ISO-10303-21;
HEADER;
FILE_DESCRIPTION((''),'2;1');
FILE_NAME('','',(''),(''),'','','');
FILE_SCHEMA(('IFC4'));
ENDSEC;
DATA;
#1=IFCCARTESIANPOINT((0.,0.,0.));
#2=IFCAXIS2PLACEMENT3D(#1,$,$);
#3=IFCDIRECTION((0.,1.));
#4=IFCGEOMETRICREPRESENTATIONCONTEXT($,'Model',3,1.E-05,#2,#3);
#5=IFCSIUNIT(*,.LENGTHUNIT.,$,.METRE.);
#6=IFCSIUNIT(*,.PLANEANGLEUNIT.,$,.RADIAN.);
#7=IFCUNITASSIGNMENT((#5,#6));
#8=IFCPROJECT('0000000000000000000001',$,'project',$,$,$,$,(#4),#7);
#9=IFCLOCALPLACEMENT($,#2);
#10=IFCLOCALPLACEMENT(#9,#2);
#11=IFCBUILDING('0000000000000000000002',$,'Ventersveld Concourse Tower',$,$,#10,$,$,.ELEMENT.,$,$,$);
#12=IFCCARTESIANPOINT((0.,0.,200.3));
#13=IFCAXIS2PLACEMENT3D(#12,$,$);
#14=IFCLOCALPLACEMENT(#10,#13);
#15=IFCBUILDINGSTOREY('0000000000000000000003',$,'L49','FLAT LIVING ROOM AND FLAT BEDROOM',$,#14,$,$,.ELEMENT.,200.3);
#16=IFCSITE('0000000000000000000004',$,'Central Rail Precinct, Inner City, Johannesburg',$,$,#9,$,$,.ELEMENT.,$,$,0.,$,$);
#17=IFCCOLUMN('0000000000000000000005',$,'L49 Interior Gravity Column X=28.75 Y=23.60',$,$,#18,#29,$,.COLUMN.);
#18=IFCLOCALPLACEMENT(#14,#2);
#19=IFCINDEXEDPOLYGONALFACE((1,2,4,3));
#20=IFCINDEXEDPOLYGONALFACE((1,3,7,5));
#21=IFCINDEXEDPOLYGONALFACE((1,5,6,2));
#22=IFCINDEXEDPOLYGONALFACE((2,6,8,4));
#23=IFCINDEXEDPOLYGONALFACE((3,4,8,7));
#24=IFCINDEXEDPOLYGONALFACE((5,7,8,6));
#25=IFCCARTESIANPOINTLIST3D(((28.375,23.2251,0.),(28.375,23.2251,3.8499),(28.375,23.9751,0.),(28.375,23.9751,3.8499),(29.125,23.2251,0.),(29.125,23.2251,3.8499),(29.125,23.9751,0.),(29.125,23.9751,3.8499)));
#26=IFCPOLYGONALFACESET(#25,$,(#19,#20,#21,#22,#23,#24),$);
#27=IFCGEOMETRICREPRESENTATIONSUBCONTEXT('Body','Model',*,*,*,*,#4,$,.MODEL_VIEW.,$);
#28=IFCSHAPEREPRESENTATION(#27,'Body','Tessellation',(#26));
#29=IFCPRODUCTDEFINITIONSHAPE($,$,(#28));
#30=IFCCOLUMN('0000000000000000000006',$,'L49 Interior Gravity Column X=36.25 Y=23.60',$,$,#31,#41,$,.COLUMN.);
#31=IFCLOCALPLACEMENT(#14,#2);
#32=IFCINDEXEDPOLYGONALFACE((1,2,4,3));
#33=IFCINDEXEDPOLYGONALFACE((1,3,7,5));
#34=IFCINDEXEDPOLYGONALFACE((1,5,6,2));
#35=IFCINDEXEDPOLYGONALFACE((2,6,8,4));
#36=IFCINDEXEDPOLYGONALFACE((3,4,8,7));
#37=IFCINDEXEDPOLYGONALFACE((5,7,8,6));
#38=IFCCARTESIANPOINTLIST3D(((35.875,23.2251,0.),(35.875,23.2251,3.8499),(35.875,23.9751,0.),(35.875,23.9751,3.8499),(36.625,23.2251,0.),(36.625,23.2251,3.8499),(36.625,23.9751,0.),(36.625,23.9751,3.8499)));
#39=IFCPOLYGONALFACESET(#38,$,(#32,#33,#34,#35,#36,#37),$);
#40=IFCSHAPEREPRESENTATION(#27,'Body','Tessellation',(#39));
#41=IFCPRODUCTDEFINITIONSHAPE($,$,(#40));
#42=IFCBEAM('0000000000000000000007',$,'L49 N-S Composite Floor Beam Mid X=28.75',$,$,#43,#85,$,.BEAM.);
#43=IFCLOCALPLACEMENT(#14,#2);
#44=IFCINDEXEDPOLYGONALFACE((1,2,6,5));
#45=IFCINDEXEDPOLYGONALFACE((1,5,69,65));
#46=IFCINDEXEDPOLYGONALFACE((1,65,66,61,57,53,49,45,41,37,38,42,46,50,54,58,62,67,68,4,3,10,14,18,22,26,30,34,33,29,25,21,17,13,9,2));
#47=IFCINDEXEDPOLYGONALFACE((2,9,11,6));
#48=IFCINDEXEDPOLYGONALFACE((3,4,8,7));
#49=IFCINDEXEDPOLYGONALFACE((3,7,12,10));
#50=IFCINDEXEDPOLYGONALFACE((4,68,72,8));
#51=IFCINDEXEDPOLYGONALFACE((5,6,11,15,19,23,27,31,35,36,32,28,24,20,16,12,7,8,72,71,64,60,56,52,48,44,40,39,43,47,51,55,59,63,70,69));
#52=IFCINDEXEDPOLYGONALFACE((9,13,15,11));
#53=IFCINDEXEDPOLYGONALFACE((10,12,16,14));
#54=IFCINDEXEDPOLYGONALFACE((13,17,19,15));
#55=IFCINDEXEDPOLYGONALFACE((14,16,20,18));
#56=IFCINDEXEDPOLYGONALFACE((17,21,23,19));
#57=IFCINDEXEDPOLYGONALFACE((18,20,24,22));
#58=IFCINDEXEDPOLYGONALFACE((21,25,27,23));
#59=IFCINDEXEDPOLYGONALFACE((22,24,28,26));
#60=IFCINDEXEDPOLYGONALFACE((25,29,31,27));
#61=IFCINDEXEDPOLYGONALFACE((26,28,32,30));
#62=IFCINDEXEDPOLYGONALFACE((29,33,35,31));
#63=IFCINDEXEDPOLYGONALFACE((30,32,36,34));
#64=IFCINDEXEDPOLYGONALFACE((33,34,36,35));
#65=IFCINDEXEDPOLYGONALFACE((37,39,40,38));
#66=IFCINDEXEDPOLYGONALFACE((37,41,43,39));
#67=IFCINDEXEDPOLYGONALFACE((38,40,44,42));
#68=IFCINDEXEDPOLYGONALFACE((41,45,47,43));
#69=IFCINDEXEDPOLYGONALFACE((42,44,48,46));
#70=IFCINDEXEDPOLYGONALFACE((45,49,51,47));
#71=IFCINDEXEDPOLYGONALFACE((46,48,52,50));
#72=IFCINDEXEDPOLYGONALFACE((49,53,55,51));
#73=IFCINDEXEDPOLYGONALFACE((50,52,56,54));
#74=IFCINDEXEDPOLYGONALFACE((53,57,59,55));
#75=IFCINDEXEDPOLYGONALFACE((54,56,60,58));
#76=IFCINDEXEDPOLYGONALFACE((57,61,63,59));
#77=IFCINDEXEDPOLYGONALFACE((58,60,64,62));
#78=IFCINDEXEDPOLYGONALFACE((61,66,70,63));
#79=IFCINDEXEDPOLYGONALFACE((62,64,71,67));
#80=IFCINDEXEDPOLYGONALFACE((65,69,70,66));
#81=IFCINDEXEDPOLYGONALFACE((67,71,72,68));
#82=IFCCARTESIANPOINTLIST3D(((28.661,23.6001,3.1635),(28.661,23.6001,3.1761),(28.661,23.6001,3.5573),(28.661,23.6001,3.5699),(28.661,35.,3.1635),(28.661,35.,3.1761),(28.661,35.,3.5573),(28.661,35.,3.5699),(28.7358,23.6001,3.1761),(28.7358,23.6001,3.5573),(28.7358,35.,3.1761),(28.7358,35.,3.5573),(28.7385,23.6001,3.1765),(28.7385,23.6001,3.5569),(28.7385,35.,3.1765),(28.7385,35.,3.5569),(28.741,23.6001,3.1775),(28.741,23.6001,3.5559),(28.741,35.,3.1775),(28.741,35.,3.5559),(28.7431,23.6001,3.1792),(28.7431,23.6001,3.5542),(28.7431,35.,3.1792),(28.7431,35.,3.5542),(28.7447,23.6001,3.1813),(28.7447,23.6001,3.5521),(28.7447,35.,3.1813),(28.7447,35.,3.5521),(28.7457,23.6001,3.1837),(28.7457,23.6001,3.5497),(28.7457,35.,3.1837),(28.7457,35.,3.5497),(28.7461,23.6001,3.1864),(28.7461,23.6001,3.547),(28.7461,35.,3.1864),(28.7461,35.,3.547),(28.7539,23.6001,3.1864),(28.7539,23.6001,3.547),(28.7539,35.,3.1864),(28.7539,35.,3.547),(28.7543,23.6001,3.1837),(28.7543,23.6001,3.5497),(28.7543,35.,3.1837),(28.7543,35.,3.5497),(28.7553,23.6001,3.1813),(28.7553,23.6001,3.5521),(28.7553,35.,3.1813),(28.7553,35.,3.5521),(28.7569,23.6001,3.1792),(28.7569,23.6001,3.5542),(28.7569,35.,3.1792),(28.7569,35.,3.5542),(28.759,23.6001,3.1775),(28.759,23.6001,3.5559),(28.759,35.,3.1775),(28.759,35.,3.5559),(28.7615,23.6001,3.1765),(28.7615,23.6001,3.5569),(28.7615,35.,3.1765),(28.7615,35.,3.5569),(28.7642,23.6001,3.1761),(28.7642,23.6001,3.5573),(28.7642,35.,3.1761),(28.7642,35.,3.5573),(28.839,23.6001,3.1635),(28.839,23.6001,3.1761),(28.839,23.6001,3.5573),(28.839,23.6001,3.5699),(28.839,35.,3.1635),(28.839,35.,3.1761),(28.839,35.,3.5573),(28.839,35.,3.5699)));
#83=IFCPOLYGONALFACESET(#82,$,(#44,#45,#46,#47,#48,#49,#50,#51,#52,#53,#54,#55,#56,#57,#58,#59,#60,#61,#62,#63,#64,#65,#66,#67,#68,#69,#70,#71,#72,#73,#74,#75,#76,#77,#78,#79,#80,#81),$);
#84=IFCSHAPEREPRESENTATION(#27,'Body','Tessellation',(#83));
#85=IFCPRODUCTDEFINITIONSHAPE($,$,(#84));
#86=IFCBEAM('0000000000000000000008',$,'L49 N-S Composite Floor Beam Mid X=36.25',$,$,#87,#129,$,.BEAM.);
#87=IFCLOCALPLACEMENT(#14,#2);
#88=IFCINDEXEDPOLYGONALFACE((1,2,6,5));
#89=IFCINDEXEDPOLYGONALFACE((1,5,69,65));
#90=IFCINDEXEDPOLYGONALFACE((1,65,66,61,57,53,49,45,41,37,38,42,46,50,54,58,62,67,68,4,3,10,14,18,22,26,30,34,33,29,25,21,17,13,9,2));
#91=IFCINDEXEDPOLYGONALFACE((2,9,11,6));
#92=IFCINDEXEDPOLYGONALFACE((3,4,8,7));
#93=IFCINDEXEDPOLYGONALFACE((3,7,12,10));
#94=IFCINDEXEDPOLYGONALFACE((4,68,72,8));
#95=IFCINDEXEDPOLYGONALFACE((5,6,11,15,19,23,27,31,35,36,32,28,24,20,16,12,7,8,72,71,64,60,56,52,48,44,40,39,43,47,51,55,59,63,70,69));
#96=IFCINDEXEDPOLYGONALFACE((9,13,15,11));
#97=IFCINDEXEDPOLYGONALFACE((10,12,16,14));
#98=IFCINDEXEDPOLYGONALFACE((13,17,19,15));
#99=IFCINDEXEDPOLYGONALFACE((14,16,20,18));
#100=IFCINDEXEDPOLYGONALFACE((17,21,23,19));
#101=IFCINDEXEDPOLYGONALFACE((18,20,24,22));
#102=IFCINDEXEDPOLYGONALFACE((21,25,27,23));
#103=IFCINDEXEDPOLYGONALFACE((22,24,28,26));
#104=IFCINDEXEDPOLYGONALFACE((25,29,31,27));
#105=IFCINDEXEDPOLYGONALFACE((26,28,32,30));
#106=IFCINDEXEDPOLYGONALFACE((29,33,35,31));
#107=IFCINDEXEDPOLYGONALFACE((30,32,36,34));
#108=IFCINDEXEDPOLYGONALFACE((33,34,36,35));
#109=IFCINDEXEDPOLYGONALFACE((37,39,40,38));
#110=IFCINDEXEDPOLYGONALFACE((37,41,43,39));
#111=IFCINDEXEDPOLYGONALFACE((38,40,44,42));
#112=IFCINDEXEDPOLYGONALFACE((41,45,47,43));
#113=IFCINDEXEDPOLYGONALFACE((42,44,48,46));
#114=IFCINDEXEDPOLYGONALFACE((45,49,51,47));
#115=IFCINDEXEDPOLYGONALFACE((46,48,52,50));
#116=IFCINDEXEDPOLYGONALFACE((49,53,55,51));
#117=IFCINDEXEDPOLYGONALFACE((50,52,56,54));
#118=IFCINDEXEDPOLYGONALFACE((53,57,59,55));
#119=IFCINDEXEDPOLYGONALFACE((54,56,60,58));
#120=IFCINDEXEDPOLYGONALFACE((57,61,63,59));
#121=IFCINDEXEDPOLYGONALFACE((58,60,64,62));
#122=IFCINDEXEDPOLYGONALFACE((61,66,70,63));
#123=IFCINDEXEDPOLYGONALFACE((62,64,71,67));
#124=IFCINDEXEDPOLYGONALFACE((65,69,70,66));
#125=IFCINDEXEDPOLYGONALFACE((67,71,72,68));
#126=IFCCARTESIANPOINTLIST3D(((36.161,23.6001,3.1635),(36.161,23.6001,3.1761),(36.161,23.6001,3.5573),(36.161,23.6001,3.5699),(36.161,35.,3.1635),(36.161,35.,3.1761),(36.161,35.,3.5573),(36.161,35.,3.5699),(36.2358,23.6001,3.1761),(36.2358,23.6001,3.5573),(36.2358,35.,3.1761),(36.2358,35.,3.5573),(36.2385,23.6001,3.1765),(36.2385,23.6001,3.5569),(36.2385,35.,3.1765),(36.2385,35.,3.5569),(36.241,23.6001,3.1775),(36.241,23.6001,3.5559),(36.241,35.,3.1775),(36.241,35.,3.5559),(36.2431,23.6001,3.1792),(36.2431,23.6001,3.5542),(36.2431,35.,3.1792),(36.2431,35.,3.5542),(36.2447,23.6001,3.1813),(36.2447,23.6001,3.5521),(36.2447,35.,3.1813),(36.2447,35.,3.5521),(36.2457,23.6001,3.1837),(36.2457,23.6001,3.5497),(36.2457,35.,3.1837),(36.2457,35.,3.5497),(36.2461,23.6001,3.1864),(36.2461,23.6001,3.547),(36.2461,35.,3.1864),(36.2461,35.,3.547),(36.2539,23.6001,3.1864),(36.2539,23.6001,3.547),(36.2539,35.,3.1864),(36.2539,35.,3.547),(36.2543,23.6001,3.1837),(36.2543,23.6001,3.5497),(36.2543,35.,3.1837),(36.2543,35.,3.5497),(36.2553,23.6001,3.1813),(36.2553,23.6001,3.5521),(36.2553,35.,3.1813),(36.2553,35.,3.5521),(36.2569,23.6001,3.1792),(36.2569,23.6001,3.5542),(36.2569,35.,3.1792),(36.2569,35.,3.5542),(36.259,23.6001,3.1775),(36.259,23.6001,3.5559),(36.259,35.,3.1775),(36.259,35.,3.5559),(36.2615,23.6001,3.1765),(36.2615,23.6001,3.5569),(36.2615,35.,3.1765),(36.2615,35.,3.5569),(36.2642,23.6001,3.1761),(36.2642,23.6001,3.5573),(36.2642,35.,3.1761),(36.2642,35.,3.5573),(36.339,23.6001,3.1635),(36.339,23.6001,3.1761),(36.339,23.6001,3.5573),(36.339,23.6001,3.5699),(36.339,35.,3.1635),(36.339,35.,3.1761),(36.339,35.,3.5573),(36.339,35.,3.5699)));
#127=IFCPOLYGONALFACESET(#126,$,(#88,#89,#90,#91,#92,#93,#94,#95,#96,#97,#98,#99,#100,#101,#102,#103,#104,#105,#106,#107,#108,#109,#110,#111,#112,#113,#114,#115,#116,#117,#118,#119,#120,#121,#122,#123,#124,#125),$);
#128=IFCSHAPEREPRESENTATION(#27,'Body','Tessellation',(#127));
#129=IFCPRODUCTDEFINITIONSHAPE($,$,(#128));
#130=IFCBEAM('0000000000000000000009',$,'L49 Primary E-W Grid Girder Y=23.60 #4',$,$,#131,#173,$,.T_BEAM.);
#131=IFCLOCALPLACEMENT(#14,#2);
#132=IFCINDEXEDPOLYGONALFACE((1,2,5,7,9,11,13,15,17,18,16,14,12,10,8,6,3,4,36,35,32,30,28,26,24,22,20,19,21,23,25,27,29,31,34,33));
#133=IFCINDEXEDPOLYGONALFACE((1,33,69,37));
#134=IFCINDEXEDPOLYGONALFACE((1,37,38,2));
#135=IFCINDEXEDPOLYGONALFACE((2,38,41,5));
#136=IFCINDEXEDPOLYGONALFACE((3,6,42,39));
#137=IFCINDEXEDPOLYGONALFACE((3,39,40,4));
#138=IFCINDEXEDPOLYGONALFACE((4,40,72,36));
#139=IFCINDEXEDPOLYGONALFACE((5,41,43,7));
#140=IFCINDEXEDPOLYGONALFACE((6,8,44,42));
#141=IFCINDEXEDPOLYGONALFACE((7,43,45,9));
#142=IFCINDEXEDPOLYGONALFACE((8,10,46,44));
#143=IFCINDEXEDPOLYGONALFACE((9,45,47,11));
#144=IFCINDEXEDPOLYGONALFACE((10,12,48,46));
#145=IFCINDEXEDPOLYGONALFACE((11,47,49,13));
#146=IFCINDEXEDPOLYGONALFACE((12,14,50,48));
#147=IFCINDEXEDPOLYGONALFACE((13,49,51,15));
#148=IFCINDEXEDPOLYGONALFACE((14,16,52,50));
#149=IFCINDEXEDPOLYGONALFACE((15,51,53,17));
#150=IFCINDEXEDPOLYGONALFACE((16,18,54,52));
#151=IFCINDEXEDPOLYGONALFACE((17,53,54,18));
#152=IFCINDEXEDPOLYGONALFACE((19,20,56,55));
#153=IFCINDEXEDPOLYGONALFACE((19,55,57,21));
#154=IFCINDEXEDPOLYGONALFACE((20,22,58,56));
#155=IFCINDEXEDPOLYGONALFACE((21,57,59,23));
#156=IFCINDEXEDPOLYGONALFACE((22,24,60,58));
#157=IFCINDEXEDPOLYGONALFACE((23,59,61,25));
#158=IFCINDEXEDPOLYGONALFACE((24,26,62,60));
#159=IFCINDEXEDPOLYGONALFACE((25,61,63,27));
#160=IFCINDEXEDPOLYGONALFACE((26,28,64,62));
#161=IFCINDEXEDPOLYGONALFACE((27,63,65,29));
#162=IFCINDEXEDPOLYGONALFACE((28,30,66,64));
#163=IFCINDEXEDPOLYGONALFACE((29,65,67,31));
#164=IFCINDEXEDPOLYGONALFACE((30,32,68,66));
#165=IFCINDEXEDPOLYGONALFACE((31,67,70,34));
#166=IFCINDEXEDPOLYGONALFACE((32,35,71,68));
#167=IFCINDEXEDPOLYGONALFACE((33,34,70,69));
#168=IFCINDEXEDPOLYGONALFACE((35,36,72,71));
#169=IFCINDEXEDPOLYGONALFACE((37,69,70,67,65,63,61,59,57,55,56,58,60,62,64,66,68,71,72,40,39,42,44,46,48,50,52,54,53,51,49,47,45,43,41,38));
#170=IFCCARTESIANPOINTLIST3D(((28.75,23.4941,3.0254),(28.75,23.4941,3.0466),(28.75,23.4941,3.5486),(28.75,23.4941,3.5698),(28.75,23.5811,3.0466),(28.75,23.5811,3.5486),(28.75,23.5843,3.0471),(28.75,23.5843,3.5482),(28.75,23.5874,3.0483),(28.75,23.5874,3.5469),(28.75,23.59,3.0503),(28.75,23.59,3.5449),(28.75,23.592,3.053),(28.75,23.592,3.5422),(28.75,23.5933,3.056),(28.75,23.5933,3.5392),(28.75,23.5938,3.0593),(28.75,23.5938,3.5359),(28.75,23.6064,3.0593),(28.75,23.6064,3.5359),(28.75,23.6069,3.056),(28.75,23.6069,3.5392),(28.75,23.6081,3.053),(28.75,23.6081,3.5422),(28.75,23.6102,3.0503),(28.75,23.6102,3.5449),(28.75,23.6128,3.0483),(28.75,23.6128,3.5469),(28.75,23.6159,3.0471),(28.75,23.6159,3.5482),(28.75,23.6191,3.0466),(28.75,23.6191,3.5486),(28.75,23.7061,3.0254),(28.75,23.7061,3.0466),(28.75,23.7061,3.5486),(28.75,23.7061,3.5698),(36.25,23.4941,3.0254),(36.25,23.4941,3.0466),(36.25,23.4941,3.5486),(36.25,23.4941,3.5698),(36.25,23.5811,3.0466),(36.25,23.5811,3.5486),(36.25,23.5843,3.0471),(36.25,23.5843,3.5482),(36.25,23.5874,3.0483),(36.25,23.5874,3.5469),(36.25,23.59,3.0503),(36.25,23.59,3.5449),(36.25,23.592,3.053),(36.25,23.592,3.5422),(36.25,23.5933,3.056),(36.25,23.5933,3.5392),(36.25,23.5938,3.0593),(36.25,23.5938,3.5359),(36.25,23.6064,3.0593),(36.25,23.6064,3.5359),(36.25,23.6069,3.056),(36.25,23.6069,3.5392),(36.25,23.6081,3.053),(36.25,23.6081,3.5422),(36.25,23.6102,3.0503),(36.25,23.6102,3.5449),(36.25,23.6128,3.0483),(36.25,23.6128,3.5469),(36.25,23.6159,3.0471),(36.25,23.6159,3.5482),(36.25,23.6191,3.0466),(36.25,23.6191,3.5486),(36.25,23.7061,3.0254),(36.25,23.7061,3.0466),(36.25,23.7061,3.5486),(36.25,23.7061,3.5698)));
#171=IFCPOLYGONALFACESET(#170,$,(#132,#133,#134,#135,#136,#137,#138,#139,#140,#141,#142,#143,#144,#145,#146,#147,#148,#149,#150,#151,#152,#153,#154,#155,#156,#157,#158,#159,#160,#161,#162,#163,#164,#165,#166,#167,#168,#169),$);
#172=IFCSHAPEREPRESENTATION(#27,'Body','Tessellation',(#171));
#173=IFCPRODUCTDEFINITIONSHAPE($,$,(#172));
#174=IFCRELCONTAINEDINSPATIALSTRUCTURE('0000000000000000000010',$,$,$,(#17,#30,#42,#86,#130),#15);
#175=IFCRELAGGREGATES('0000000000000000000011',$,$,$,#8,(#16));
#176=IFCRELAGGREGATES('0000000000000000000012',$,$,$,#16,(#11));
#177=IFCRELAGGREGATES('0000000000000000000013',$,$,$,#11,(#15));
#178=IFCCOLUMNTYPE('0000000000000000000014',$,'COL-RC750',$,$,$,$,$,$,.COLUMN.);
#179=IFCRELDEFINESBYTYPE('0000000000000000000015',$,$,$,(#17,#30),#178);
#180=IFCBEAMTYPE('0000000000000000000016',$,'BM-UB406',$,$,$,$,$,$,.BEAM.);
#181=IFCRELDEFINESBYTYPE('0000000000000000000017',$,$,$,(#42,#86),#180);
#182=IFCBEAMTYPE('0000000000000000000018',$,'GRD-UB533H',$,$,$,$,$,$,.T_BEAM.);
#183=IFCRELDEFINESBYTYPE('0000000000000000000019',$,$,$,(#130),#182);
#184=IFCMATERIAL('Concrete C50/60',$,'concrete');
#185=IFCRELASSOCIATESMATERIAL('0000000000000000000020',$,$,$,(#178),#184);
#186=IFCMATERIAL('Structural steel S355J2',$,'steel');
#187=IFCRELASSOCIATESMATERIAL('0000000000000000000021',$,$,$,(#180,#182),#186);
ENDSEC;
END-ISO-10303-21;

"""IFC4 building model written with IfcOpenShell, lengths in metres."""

from ifc_helpers import new_model, si_unit, direction, frame, origin, origin_2d, place, context, subcontext, project, spatial, rectangle, i_section, extrude, material, material_profile, profile_set, type_object, element, save


model = new_model("IFC4")

# Units and contexts
model_context = context("Model", 3, precision=1e-05, world=origin(), true_north=direction((0.0, 1.0)))
body_context = subcontext(model_context, "Body", "Model", "MODEL_VIEW")
ifc_project = project(units=[si_unit("LENGTHUNIT", "METRE"), si_unit("PLANEANGLEUNIT", "RADIAN")], contexts=[model_context])

# Site, building, storey
site_placement = place(None, origin())
site = spatial("IfcSite", under=ifc_project, at=site_placement, Name="Central Rail Precinct, Inner City, Johannesburg", CompositionType="ELEMENT", RefElevation=0.0)
building_placement = place(site_placement, origin())
building = spatial("IfcBuilding", under=site, at=building_placement, Name="Ventersveld Concourse Tower", CompositionType="ELEMENT")
storey_placement = place(building_placement, frame((0.0, 0.0, 200.3)))
storey = spatial("IfcBuildingStorey", under=building, at=storey_placement, Name="L49", Description="FLAT LIVING ROOM AND FLAT BEDROOM", CompositionType="ELEMENT", Elevation=200.3)

# Columns
ifc_material_1 = material(Name="Concrete C50/60", Category="concrete")
ifc_material_profile_1 = material_profile(ifc_material_1, rectangle(XDim=0.75, YDim=0.75, at=origin_2d()), Name="RC 750x750")
ifc_profile_set_1 = profile_set([ifc_material_profile_1], Name="Concrete C50/60")
column_type = type_object("IfcColumnType", Name="COL-RC750", PredefinedType="COLUMN", material=ifc_profile_set_1)
for number, where, z_axis, x_axis, name in (
    (1, (28.75, 23.6001, 0.0), (0.0, 0.0, 1.0), (1.0, 0.0, 0.0), "L49 Interior Gravity Column X=28.75 Y=23.60"),
    (2, (36.25, 23.6001, 0.0), (0.0, 0.0, 1.0), (1.0, 0.0, 0.0), "L49 Interior Gravity Column X=36.25 Y=23.60"),
):
    element("IfcColumn", number, at=place(storey_placement, frame(where, z_axis=z_axis, x_axis=x_axis)), inside=storey, type_object=column_type, Name=name, PredefinedType="COLUMN", context=body_context, shape_type="SweptSolid", body=[
        extrude(rectangle(XDim=0.75, YDim=0.75, at=origin_2d()), origin(), (0.0, 0.0, 1.0), 3.8499),
    ])

# Beams
ifc_material_2 = material(Name="Structural steel S355J2", Category="steel")
ifc_material_profile_2 = material_profile(ifc_material_2, i_section(OverallWidth=0.178, OverallDepth=0.4065, WebThickness=0.0078, FlangeThickness=0.0127, FilletRadius=0.0103, at=origin_2d()), Name="UB 406x178x60")
ifc_profile_set_2 = profile_set([ifc_material_profile_2], Name="Structural steel S355J2")
beam_type_1 = type_object("IfcBeamType", Name="BM-UB406", PredefinedType="BEAM", material=ifc_profile_set_2)
for number, where, z_axis, x_axis, name in (
    (3, (28.75, 23.6001, 3.3667), (0.0, 1.0, 0.0), (-1.0, 0.0, 0.0), "L49 N-S Composite Floor Beam Mid X=28.75"),
    (4, (36.25, 23.6001, 3.3667), (0.0, 1.0, 0.0), (-1.0, 0.0, 0.0), "L49 N-S Composite Floor Beam Mid X=36.25"),
):
    element("IfcBeam", number, at=place(storey_placement, frame(where, z_axis=z_axis, x_axis=x_axis)), inside=storey, type_object=beam_type_1, Name=name, PredefinedType="BEAM", context=body_context, shape_type="SweptSolid", body=[
        extrude(i_section(OverallWidth=0.178, OverallDepth=0.4065, WebThickness=0.0078, FlangeThickness=0.0127, FilletRadius=0.0103, at=origin_2d()), origin(), (0.0, 0.0, 1.0), 11.3999),
    ])
ifc_material_profile_3 = material_profile(ifc_material_2, i_section(OverallWidth=0.2119, OverallDepth=0.5444, WebThickness=0.0127, FlangeThickness=0.0212, FilletRadius=0.0127, at=origin_2d()), Name="UB 533x210x122")
ifc_profile_set_3 = profile_set([ifc_material_profile_3], Name="Structural steel S355J2")
beam_type_2 = type_object("IfcBeamType", Name="GRD-UB533H", PredefinedType="T_BEAM", material=ifc_profile_set_3)
for number, where, z_axis, x_axis, name in (
    (5, (28.75, 23.6001, 3.2976), (1.0, 0.0, 0.0), (0.0, 1.0, 0.0), "L49 Primary E-W Grid Girder Y=23.60 #4"),
):
    element("IfcBeam", number, at=place(storey_placement, frame(where, z_axis=z_axis, x_axis=x_axis)), inside=storey, type_object=beam_type_2, Name=name, PredefinedType="T_BEAM", context=body_context, shape_type="SweptSolid", body=[
        extrude(i_section(OverallWidth=0.2119, OverallDepth=0.5444, WebThickness=0.0127, FlangeThickness=0.0212, FilletRadius=0.0127, at=origin_2d()), origin(), (0.0, 0.0, 1.0), 7.5),
    ])

save(model, "model.ifc")
